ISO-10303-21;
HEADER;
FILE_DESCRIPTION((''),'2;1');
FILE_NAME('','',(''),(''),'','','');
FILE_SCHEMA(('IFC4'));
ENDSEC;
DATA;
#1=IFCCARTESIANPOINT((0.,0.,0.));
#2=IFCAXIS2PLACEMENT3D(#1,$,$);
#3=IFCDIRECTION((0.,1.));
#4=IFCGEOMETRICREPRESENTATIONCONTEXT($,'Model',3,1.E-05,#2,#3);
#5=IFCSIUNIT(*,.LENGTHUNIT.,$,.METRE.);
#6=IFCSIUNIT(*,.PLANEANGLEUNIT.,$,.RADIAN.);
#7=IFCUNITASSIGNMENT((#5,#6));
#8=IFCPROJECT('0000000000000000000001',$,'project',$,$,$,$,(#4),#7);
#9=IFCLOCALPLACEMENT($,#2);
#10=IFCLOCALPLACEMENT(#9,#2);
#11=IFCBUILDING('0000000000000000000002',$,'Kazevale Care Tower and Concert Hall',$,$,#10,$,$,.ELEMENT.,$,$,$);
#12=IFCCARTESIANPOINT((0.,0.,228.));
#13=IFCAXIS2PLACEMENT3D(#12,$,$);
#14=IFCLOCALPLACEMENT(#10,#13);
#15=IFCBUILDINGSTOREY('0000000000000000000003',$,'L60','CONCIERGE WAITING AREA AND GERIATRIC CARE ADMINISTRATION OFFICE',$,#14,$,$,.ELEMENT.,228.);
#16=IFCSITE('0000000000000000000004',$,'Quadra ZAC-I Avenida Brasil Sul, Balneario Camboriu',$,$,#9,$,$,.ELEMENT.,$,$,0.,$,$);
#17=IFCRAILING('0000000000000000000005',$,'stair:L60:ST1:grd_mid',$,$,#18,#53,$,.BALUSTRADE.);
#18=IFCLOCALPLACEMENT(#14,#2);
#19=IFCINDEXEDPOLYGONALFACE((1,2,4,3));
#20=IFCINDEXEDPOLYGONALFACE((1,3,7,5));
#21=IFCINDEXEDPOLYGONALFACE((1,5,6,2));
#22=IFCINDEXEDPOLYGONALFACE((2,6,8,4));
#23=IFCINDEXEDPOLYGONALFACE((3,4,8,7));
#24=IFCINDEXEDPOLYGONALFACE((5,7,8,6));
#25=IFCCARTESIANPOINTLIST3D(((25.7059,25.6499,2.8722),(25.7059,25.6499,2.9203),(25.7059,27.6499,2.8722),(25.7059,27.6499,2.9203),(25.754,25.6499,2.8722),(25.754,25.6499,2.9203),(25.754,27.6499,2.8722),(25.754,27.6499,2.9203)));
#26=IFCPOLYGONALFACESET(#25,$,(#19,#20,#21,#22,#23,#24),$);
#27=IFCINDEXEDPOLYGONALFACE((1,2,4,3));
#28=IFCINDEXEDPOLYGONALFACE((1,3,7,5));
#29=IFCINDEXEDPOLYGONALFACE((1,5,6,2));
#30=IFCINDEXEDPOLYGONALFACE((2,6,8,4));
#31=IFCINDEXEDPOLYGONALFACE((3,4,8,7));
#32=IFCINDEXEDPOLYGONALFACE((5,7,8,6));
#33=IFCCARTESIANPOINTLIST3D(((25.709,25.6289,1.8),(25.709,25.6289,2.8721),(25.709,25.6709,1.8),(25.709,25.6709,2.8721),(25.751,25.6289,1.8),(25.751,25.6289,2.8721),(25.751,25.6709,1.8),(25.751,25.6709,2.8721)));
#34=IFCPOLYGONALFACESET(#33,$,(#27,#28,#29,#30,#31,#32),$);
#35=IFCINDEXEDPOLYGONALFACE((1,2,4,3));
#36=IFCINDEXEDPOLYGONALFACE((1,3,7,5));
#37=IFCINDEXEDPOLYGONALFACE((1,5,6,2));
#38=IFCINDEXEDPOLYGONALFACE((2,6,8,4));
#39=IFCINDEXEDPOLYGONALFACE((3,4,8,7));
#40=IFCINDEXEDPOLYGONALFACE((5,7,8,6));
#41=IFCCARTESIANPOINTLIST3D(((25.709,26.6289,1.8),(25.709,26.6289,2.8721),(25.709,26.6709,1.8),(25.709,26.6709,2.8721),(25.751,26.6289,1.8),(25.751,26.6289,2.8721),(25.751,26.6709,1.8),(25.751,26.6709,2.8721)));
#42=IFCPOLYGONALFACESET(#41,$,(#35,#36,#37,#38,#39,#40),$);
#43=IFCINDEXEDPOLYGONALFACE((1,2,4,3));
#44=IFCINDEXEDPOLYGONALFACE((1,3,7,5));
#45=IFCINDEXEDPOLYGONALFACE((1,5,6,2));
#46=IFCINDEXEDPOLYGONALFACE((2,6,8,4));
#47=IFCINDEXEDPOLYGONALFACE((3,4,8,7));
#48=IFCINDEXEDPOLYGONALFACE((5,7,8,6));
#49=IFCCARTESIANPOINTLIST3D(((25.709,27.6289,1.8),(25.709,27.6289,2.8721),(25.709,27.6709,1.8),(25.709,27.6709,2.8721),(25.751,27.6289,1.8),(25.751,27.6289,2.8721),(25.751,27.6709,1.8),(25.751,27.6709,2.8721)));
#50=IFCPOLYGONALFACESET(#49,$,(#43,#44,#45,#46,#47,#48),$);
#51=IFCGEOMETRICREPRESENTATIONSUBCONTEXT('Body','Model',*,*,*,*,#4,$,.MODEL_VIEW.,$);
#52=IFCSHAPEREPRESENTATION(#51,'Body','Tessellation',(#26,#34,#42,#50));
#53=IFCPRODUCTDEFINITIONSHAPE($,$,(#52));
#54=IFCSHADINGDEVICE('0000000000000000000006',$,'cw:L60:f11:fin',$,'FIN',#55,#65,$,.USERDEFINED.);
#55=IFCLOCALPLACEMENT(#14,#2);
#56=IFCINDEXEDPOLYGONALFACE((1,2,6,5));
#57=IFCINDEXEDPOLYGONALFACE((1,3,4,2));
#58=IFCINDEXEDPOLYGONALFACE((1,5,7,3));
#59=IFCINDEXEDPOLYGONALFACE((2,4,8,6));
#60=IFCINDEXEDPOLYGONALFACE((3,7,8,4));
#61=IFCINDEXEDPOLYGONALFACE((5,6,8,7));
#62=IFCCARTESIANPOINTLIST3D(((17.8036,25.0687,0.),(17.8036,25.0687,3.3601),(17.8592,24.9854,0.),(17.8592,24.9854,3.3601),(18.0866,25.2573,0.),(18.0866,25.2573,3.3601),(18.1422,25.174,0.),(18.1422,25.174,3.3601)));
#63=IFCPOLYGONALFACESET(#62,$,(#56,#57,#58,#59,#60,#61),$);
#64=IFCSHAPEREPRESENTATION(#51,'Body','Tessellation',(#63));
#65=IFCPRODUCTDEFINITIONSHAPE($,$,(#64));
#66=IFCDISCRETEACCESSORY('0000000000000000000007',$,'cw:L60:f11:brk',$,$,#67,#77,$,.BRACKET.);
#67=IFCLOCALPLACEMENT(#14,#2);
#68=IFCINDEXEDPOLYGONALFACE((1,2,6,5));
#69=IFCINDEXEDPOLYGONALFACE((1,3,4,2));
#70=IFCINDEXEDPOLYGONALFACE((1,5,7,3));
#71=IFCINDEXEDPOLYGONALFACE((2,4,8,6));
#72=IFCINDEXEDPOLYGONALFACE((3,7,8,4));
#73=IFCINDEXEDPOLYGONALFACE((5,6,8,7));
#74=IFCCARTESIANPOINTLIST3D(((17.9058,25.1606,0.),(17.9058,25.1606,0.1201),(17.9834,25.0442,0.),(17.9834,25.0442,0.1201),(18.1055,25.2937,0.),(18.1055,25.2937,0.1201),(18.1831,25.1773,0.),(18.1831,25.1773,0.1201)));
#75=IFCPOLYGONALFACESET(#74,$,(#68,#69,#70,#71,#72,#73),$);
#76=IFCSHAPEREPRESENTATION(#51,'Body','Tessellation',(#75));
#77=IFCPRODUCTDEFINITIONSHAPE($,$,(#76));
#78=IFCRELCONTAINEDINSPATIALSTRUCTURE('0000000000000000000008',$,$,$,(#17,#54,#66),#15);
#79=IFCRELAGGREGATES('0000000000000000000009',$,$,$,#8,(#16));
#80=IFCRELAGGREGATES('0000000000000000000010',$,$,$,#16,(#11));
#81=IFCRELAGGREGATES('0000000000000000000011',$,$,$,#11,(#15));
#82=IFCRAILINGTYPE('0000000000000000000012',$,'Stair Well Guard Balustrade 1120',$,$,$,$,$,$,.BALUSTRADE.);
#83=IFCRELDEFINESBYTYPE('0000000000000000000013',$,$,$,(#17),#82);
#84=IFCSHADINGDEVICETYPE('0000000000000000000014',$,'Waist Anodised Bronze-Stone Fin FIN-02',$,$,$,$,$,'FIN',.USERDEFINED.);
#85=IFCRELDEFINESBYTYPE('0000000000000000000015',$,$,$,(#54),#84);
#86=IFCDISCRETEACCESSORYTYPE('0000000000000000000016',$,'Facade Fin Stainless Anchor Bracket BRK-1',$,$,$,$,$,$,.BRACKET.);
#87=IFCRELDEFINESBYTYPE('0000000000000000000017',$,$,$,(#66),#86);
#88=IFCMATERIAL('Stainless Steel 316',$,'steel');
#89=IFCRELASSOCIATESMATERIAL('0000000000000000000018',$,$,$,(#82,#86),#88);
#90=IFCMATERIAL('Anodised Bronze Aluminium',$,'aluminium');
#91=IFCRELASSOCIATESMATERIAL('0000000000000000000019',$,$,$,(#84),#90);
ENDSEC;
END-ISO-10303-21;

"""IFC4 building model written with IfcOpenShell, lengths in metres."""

from ifc_helpers import new_model, si_unit, direction, frame, origin, origin_2d, place, context, subcontext, project, spatial, rectangle, extrude, material, type_object, element, save


model = new_model("IFC4")

# Units and contexts
model_context = context("Model", 3, precision=1e-05, world=origin(), true_north=direction((0.0, 1.0)))
body_context = subcontext(model_context, "Body", "Model", "MODEL_VIEW")
ifc_project = project(units=[si_unit("LENGTHUNIT", "METRE"), si_unit("PLANEANGLEUNIT", "RADIAN")], contexts=[model_context])

# Site, building, storey
site_placement = place(None, origin())
site = spatial("IfcSite", under=ifc_project, at=site_placement, Name="Quadra ZAC-I Avenida Brasil Sul, Balneario Camboriu", CompositionType="ELEMENT", RefElevation=0.0)
building_placement = place(site_placement, origin())
building = spatial("IfcBuilding", under=site, at=building_placement, Name="Kazevale Care Tower and Concert Hall", CompositionType="ELEMENT")
storey_placement = place(building_placement, frame((0.0, 0.0, 228.0)))
storey = spatial("IfcBuildingStorey", under=building, at=storey_placement, Name="L60", Description="CONCIERGE WAITING AREA AND GERIATRIC CARE ADMINISTRATION OFFICE", CompositionType="ELEMENT", Elevation=228.0)

# Railing
ifc_material_1 = material(Name="Stainless Steel 316", Category="steel")
railing_type = type_object("IfcRailingType", Name="Stair Well Guard Balustrade 1120", PredefinedType="BALUSTRADE", material=ifc_material_1)
railing_1_placement = place(storey_placement, frame((25.73, 25.6499, 1.8)))
element("IfcRailing", 1, at=railing_1_placement, inside=storey, type_object=railing_type, Name="stair:L60:ST1:grd_mid", PredefinedType="BALUSTRADE", context=body_context, shape_type="SweptSolid", body=[
    extrude(rectangle(XDim=0.0481, YDim=0.0481, at=origin_2d()), frame((0.0, 0.0, 1.0962), z_axis=(0.0, 1.0, 0.0), x_axis=(-1.0, 0.0, 0.0)), (0.0, 0.0, 1.0), 2.0),
    extrude(rectangle(XDim=0.042, YDim=0.042, at=origin_2d()), origin(), (0.0, 0.0, 1.0), 1.072),
    extrude(rectangle(XDim=0.042, YDim=0.042, at=origin_2d()), frame((0.0, 1.0, 0.0)), (0.0, 0.0, 1.0), 1.072),
    extrude(rectangle(XDim=0.042, YDim=0.042, at=origin_2d()), frame((0.0, 2.0, 0.0)), (0.0, 0.0, 1.0), 1.072),
])

# Shading device
ifc_material_2 = material(Name="Anodised Bronze Aluminium", Category="aluminium")
shading_device_type = type_object("IfcShadingDeviceType", Name="Waist Anodised Bronze-Stone Fin FIN-02", ElementType="FIN", PredefinedType="USERDEFINED", material=ifc_material_2)
shading_device_placement = place(storey_placement, frame((17.9729, 25.1213, 0.0), z_axis=(0.0, 0.0, 1.0), x_axis=(-0.832148, -0.554554, 0.0)))
element("IfcShadingDevice", 2, at=shading_device_placement, inside=storey, type_object=shading_device_type, Name="cw:L60:f11:fin", ObjectType="FIN", PredefinedType="USERDEFINED", context=body_context, shape_type="SweptSolid", body=[
    extrude(rectangle(XDim=0.3401, YDim=0.1001, at=origin_2d()), origin(), (0.0, 0.0, 1.0), 3.3601),
])

# Discrete accessory
discrete_accessory_type = type_object("IfcDiscreteAccessoryType", Name="Facade Fin Stainless Anchor Bracket BRK-1", PredefinedType="BRACKET", material=ifc_material_1)
discrete_accessory_placement = place(storey_placement, frame((18.0444, 25.1689, 0.0), z_axis=(0.0, 0.0, 1.0), x_axis=(-0.832148, -0.554554, 0.0)))
element("IfcDiscreteAccessory", 3, at=discrete_accessory_placement, inside=storey, type_object=discrete_accessory_type, Name="cw:L60:f11:brk", PredefinedType="BRACKET", context=body_context, shape_type="SweptSolid", body=[
    extrude(rectangle(XDim=0.24, YDim=0.1399, at=origin_2d()), origin(), (0.0, 0.0, 1.0), 0.1201),
])

save(model, "model.ifc")
